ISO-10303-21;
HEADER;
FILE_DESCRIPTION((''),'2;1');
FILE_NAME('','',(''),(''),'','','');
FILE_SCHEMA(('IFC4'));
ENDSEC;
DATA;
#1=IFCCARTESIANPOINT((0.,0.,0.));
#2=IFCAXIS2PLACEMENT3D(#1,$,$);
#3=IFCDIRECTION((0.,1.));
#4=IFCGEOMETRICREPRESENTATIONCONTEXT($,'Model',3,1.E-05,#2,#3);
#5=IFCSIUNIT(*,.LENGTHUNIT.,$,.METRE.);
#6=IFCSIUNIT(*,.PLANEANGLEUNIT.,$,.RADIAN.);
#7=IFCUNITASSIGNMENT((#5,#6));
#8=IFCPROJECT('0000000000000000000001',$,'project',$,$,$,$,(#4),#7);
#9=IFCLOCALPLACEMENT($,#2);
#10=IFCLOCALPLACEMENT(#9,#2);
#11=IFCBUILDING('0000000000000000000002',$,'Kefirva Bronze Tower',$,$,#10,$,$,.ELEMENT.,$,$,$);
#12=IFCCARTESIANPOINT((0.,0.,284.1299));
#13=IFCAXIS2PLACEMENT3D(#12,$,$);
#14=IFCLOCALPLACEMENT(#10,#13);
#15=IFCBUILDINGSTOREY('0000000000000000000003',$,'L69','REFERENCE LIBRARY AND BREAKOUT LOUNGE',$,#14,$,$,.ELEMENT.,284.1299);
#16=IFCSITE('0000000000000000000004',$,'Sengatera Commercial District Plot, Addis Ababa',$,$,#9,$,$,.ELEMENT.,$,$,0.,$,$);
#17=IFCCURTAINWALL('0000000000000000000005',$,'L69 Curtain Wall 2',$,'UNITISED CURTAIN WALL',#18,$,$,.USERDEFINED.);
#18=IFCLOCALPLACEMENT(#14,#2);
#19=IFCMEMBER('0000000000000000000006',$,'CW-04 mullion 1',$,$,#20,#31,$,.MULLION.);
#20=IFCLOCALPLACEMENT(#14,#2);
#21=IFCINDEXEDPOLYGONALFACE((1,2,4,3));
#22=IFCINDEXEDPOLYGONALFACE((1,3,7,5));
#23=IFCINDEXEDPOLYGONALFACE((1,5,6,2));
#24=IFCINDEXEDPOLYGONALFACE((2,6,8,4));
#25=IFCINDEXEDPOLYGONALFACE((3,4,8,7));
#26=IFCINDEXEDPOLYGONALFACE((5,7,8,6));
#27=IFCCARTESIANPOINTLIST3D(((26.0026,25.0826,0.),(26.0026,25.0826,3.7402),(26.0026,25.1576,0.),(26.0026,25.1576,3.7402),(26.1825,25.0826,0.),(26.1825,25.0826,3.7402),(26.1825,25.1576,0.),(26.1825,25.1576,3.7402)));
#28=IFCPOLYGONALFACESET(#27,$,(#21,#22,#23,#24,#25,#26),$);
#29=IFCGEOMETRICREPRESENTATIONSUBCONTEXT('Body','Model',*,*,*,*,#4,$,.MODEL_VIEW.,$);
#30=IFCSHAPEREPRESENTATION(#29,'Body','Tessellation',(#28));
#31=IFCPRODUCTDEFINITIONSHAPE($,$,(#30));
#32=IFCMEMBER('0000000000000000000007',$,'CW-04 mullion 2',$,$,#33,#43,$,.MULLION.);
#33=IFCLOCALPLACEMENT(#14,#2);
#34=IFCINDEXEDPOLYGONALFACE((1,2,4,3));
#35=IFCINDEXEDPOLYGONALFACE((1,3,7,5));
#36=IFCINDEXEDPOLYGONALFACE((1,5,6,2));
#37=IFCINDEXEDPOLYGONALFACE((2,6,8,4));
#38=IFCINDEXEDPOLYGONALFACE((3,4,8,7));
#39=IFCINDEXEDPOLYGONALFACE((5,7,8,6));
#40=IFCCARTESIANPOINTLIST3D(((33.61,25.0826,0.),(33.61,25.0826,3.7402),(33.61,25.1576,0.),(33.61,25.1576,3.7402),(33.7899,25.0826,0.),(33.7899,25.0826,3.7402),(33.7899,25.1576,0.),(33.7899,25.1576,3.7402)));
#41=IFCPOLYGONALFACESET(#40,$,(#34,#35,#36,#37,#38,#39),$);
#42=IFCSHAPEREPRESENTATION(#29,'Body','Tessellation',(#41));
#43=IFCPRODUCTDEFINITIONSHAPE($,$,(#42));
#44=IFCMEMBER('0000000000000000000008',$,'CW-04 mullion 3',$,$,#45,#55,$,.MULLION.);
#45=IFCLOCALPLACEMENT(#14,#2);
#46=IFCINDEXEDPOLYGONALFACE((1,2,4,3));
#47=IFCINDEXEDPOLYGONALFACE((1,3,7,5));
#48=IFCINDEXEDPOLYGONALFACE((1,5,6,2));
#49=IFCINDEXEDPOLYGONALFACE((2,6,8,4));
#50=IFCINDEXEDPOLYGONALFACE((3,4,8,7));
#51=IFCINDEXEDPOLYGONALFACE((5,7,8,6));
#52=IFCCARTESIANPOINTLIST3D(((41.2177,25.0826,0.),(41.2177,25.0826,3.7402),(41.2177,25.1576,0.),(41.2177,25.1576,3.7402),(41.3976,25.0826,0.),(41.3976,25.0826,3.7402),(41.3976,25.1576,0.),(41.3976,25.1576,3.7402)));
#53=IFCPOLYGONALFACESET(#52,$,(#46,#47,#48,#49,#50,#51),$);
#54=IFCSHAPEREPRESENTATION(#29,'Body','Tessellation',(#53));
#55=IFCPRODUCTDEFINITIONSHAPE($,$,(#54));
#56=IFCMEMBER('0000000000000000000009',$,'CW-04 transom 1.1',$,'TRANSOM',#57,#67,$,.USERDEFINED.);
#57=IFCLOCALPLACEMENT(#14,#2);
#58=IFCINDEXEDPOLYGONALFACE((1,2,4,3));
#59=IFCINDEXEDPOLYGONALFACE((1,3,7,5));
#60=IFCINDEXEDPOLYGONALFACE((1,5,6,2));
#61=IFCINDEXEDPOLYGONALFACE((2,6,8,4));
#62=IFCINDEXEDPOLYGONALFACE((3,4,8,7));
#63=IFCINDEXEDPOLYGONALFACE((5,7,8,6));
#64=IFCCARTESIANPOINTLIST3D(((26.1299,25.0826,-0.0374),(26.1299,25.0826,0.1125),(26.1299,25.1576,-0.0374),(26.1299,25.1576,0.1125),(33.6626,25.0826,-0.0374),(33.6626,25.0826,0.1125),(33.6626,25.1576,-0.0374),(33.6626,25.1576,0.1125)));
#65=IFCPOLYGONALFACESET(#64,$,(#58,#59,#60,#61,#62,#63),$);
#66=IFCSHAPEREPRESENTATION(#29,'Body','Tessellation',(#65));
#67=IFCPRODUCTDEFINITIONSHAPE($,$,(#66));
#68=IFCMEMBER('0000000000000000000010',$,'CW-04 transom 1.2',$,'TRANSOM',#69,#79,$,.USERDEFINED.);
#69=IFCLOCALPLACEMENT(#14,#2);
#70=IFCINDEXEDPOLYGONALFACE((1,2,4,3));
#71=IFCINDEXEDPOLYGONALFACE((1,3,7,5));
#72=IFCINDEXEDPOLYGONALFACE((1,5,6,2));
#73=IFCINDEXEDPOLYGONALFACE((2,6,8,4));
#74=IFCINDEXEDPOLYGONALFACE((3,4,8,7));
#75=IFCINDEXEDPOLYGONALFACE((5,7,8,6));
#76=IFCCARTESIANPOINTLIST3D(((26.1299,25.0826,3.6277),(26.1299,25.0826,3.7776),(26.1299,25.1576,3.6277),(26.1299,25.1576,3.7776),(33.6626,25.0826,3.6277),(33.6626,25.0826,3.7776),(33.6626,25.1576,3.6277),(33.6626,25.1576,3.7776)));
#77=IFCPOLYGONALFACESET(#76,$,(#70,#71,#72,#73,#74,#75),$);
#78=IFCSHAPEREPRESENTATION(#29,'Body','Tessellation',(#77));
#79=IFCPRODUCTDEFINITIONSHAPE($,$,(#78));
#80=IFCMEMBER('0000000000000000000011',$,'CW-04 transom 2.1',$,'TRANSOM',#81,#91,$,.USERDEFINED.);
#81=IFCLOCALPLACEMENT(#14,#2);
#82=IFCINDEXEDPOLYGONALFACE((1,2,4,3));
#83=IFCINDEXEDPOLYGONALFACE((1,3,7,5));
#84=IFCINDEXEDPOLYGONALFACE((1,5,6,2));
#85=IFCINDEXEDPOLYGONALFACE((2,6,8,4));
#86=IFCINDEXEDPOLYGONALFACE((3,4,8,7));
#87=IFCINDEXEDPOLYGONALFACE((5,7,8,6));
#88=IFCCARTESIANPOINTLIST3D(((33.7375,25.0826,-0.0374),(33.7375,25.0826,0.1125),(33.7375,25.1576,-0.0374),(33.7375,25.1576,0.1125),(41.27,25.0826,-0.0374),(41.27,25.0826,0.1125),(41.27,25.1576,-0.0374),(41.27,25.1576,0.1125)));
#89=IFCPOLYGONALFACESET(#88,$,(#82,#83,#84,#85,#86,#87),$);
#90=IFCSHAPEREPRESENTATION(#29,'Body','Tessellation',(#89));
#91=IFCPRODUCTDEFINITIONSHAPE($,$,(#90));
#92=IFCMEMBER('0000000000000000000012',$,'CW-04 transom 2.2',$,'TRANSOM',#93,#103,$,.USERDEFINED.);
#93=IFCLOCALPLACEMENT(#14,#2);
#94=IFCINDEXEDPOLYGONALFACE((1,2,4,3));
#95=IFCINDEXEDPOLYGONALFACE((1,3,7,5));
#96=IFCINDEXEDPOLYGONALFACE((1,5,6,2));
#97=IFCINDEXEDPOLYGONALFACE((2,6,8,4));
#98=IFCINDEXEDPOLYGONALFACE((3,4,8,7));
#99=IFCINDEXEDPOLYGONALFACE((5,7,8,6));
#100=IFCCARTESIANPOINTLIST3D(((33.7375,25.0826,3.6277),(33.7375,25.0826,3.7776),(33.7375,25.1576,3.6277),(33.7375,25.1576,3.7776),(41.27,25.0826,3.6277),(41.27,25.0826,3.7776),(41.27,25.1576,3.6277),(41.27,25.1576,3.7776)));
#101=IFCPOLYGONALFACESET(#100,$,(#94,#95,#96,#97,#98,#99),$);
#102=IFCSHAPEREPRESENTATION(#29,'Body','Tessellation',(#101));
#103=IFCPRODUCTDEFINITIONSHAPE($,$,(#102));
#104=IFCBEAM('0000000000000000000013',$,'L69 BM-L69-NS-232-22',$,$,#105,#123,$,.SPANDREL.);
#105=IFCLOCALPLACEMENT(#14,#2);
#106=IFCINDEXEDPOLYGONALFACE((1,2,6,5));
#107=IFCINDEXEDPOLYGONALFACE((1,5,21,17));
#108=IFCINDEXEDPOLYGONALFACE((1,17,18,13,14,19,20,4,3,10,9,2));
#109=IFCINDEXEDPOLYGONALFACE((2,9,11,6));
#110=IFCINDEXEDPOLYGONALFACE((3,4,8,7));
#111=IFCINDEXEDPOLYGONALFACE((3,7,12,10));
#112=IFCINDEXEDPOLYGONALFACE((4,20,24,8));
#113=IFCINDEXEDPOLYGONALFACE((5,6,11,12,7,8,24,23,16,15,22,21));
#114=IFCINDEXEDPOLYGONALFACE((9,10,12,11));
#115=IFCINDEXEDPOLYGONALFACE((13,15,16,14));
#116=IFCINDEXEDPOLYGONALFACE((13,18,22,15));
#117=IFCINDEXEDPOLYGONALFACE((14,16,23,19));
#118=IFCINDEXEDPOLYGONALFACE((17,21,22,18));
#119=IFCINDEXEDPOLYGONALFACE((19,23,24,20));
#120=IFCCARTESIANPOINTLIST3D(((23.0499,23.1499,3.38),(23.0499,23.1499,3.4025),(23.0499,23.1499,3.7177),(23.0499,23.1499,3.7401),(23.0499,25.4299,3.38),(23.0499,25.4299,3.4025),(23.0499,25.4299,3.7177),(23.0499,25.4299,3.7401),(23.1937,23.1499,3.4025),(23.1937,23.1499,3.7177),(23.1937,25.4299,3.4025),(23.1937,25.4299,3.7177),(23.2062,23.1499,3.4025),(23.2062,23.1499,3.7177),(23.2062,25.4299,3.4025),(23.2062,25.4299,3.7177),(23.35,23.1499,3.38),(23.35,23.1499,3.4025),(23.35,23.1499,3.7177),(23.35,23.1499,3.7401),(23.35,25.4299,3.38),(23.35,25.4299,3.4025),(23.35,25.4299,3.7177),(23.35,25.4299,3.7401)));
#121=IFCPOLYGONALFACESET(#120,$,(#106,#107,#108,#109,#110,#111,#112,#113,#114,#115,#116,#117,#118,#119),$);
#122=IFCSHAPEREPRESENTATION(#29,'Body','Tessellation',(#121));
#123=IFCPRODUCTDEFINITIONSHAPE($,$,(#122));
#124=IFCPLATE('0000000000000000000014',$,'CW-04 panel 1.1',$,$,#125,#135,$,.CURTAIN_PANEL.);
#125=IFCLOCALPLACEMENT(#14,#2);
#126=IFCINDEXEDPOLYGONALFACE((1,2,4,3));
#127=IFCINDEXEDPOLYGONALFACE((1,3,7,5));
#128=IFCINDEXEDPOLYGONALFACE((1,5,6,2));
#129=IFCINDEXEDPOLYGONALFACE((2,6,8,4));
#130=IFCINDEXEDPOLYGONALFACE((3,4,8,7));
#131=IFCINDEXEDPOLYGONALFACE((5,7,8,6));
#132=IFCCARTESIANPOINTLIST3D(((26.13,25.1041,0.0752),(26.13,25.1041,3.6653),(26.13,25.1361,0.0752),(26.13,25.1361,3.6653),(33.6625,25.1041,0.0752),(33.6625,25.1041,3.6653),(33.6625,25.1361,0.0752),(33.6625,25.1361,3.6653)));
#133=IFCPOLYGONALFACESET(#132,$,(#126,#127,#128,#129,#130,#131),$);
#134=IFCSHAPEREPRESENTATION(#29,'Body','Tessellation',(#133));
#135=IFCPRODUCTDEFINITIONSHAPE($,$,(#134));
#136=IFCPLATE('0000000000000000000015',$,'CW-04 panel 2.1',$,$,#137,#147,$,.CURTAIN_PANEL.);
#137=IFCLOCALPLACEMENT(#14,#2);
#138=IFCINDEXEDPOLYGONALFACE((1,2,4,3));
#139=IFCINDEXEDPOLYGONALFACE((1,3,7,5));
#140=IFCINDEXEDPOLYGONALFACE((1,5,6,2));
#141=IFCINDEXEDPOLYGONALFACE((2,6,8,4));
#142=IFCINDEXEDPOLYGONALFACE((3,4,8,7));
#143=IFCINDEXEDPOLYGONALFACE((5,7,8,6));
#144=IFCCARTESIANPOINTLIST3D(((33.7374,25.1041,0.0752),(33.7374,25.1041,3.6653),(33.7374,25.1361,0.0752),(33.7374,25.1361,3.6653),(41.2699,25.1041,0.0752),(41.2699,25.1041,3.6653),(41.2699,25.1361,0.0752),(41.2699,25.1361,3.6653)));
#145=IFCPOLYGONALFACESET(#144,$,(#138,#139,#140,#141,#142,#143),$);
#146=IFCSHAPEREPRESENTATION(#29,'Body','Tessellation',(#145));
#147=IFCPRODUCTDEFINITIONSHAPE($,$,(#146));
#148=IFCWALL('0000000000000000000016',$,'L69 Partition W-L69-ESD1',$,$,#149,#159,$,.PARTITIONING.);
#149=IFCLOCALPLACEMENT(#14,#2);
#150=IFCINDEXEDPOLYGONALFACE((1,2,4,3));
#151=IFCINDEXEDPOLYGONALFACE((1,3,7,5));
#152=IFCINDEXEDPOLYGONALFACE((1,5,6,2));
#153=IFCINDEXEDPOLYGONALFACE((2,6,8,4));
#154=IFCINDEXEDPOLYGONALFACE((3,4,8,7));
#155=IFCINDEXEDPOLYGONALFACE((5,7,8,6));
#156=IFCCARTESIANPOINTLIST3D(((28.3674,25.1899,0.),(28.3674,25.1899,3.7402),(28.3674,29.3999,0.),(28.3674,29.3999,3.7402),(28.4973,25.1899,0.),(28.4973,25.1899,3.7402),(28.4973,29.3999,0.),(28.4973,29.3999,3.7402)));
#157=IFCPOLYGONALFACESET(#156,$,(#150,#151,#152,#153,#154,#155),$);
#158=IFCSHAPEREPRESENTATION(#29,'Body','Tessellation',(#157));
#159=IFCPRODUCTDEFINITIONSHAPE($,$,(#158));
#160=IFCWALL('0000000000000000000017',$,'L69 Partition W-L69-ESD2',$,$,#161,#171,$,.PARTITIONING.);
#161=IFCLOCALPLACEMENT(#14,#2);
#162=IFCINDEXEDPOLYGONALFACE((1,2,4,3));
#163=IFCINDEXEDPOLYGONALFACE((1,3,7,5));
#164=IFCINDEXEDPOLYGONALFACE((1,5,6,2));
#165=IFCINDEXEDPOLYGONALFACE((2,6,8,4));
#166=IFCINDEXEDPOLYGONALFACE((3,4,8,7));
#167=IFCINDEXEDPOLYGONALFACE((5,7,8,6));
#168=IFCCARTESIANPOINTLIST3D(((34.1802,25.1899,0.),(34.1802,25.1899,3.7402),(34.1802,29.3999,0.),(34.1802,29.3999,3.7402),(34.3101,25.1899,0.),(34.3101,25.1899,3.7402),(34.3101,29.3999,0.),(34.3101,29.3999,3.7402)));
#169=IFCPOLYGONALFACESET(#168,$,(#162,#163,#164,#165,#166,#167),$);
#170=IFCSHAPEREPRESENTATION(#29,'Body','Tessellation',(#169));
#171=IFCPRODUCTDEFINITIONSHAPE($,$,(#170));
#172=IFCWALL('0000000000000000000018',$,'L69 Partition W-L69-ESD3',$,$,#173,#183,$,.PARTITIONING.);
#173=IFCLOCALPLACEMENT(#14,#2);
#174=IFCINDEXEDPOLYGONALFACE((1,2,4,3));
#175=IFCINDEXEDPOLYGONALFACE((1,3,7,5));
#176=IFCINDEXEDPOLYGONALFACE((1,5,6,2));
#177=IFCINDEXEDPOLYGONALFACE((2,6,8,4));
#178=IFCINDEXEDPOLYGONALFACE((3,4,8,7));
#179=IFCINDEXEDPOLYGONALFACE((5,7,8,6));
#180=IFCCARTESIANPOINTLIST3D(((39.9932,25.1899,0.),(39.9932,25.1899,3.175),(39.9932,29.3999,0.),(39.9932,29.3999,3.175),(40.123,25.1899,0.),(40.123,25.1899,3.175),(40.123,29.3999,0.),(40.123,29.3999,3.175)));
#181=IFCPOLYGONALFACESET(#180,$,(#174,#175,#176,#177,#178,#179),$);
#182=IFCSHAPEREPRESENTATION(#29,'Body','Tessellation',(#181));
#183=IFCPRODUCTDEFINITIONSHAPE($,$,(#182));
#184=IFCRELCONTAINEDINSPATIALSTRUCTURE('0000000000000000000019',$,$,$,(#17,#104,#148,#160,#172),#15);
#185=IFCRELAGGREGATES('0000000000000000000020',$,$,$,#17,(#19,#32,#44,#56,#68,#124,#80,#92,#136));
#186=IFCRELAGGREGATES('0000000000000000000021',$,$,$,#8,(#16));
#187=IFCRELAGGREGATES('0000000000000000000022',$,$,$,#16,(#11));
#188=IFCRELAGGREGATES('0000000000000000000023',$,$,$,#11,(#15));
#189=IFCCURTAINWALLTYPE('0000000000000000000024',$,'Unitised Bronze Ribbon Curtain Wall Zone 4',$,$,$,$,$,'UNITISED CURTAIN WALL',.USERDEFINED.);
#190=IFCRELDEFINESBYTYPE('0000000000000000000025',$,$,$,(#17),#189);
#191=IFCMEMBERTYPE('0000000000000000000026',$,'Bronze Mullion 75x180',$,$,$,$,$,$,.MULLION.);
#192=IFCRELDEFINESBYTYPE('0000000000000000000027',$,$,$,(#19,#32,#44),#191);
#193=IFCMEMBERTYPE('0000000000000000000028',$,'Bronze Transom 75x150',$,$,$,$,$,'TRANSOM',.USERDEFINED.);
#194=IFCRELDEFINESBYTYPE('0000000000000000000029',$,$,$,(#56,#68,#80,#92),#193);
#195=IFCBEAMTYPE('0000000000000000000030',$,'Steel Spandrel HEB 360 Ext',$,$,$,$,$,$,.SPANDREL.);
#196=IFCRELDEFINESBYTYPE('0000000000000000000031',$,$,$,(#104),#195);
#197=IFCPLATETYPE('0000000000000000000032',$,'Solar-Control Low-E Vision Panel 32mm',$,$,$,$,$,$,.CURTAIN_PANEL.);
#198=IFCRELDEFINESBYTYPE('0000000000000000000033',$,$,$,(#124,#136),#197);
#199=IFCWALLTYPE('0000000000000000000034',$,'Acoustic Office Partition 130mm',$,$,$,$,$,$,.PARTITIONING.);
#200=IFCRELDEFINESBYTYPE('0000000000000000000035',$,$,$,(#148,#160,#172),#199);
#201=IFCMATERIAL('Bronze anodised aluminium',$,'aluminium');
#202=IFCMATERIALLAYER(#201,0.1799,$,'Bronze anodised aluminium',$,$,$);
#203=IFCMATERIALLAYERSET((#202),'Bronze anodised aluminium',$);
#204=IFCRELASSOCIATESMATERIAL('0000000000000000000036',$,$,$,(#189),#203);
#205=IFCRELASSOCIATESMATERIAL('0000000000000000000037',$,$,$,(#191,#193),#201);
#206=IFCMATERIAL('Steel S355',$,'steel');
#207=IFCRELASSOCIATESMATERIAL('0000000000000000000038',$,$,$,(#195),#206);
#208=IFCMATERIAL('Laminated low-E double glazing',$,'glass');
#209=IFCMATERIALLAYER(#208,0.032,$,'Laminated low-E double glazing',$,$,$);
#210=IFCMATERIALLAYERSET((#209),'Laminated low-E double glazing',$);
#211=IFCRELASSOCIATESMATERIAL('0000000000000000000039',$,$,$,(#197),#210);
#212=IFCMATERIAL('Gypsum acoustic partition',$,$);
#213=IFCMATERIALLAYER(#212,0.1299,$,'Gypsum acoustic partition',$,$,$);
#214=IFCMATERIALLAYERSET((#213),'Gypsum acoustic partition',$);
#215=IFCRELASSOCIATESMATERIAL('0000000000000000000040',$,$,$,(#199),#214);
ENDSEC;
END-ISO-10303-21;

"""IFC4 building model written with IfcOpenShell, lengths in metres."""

from ifc_helpers import new_model, si_unit, direction, frame, frame_2d, origin, origin_2d, place, context, subcontext, project, spatial, rectangle, i_section, extrude, material, layer, layer_set, material_profile, profile_set, type_object, element, aggregate, save


model = new_model("IFC4")

# Units and contexts
model_context = context("Model", 3, precision=1e-05, world=origin(), true_north=direction((0.0, 1.0)))
body_context = subcontext(model_context, "Body", "Model", "MODEL_VIEW")
ifc_project = project(units=[si_unit("LENGTHUNIT", "METRE"), si_unit("PLANEANGLEUNIT", "RADIAN")], contexts=[model_context])

# Site, building, storey
site_placement = place(None, origin())
site = spatial("IfcSite", under=ifc_project, at=site_placement, Name="Sengatera Commercial District Plot, Addis Ababa", CompositionType="ELEMENT", RefElevation=0.0)
building_placement = place(site_placement, origin())
building = spatial("IfcBuilding", under=site, at=building_placement, Name="Kefirva Bronze Tower", CompositionType="ELEMENT")
storey_placement = place(building_placement, frame((0.0, 0.0, 284.1299)))
storey = spatial("IfcBuildingStorey", under=building, at=storey_placement, Name="L69", Description="REFERENCE LIBRARY AND BREAKOUT LOUNGE", CompositionType="ELEMENT", Elevation=284.1299)

# Curtain wall, members
ifc_material_1 = material(Name="Bronze anodised aluminium", Category="aluminium")
ifc_layer_1 = layer(ifc_material_1, 0.1799, Name="Bronze anodised aluminium")
ifc_layer_set_1 = layer_set([ifc_layer_1], Name="Bronze anodised aluminium")
curtain_wall_type = type_object("IfcCurtainWallType", Name="Unitised Bronze Ribbon Curtain Wall Zone 4", ElementType="UNITISED CURTAIN WALL", PredefinedType="USERDEFINED", material=ifc_layer_set_1)
curtain_wall_placement = place(storey_placement, origin())
curtain_wall = element("IfcCurtainWall", 1, at=curtain_wall_placement, inside=storey, type_object=curtain_wall_type, Name="L69 Curtain Wall 2", ObjectType="UNITISED CURTAIN WALL", PredefinedType="USERDEFINED")
ifc_material_profile_1 = material_profile(ifc_material_1, rectangle(XDim=0.075, YDim=0.1799, at=origin_2d()), Name="ALU 75x180")
ifc_profile_set_1 = profile_set([ifc_material_profile_1], Name="Bronze anodised aluminium")
member_type_1 = type_object("IfcMemberType", Name="Bronze Mullion 75x180", PredefinedType="MULLION", material=ifc_profile_set_1)
member_1_placement = place(storey_placement, frame((26.0925, 25.1201, 0.0), z_axis=(0.0, 0.0, 1.0), x_axis=(0.0, 1.0, 0.0)))
member_1 = element("IfcMember", 2, at=member_1_placement, type_object=member_type_1, Name="CW-04 mullion 1", PredefinedType="MULLION", context=body_context, shape_type="SweptSolid", body=[
    extrude(rectangle(XDim=0.075, YDim=0.1799, at=origin_2d()), origin(), (0.0, 0.0, 1.0), 3.7402),
])
member_2_placement = place(storey_placement, frame((33.7, 25.1201, 0.0), z_axis=(0.0, 0.0, 1.0), x_axis=(0.0, 1.0, 0.0)))
member_2 = element("IfcMember", 3, at=member_2_placement, type_object=member_type_1, Name="CW-04 mullion 2", PredefinedType="MULLION", context=body_context, shape_type="SweptSolid", body=[
    extrude(rectangle(XDim=0.075, YDim=0.1799, at=origin_2d()), origin(), (0.0, 0.0, 1.0), 3.7402),
])
member_3_placement = place(storey_placement, frame((41.3076, 25.1201, 0.0), z_axis=(0.0, 0.0, 1.0), x_axis=(0.0, 1.0, 0.0)))
member_3 = element("IfcMember", 4, at=member_3_placement, type_object=member_type_1, Name="CW-04 mullion 3", PredefinedType="MULLION", context=body_context, shape_type="SweptSolid", body=[
    extrude(rectangle(XDim=0.075, YDim=0.1799, at=origin_2d()), origin(), (0.0, 0.0, 1.0), 3.7402),
])
ifc_material_profile_2 = material_profile(ifc_material_1, rectangle(XDim=0.075, YDim=0.1499, at=origin_2d()), Name="ALU 75x150")
ifc_profile_set_2 = profile_set([ifc_material_profile_2], Name="Bronze anodised aluminium")
member_type_2 = type_object("IfcMemberType", Name="Bronze Transom 75x150", ElementType="TRANSOM", PredefinedType="USERDEFINED", material=ifc_profile_set_2)
member_4_placement = place(storey_placement, frame((26.1299, 25.1201, 0.0376), z_axis=(1.0, 0.0, 0.0), x_axis=(0.0, 1.0, 0.0)))
member_4 = element("IfcMember", 5, at=member_4_placement, type_object=member_type_2, Name="CW-04 transom 1.1", ObjectType="TRANSOM", PredefinedType="USERDEFINED", context=body_context, shape_type="SweptSolid", body=[
    extrude(rectangle(XDim=0.075, YDim=0.1499, at=origin_2d()), origin(), (0.0, 0.0, 1.0), 7.5327),
])
member_5_placement = place(storey_placement, frame((26.1299, 25.1201, 3.7026), z_axis=(1.0, 0.0, 0.0), x_axis=(0.0, 1.0, 0.0)))
member_5 = element("IfcMember", 6, at=member_5_placement, type_object=member_type_2, Name="CW-04 transom 1.2", ObjectType="TRANSOM", PredefinedType="USERDEFINED", context=body_context, shape_type="SweptSolid", body=[
    extrude(rectangle(XDim=0.075, YDim=0.1499, at=origin_2d()), origin(), (0.0, 0.0, 1.0), 7.5327),
])
member_6_placement = place(storey_placement, frame((33.7375, 25.1201, 0.0376), z_axis=(1.0, 0.0, 0.0), x_axis=(0.0, 1.0, 0.0)))
member_6 = element("IfcMember", 7, at=member_6_placement, type_object=member_type_2, Name="CW-04 transom 2.1", ObjectType="TRANSOM", PredefinedType="USERDEFINED", context=body_context, shape_type="SweptSolid", body=[
    extrude(rectangle(XDim=0.075, YDim=0.1499, at=origin_2d()), origin(), (0.0, 0.0, 1.0), 7.5325),
])
member_7_placement = place(storey_placement, frame((33.7375, 25.1201, 3.7026), z_axis=(1.0, 0.0, 0.0), x_axis=(0.0, 1.0, 0.0)))
member_7 = element("IfcMember", 8, at=member_7_placement, type_object=member_type_2, Name="CW-04 transom 2.2", ObjectType="TRANSOM", PredefinedType="USERDEFINED", context=body_context, shape_type="SweptSolid", body=[
    extrude(rectangle(XDim=0.075, YDim=0.1499, at=origin_2d()), origin(), (0.0, 0.0, 1.0), 7.5325),
])

# Beam
ifc_material_2 = material(Name="Steel S355", Category="steel")
ifc_material_profile_3 = material_profile(ifc_material_2, i_section(OverallWidth=0.3, OverallDepth=0.3601, WebThickness=0.0125, FlangeThickness=0.0225, at=origin_2d()), Name="HEB 360")
ifc_profile_set_3 = profile_set([ifc_material_profile_3], Name="Steel S355")
beam_type = type_object("IfcBeamType", Name="Steel Spandrel HEB 360 Ext", PredefinedType="SPANDREL", material=ifc_profile_set_3)
beam_placement = place(storey_placement, frame((23.2, 23.1499, 3.5601), z_axis=(0.0, 1.0, 0.0), x_axis=(-1.0, 0.0, 0.0)))
element("IfcBeam", 9, at=beam_placement, inside=storey, type_object=beam_type, Name="L69 BM-L69-NS-232-22", PredefinedType="SPANDREL", context=body_context, shape_type="SweptSolid", body=[
    extrude(i_section(OverallWidth=0.3, OverallDepth=0.3601, WebThickness=0.0125, FlangeThickness=0.0225, at=origin_2d()), origin(), (0.0, 0.0, 1.0), 2.28),
])

# Plates
ifc_material_3 = material(Name="Laminated low-E double glazing", Category="glass")
ifc_layer_2 = layer(ifc_material_3, 0.032, Name="Laminated low-E double glazing")
ifc_layer_set_2 = layer_set([ifc_layer_2], Name="Laminated low-E double glazing")
plate_type = type_object("IfcPlateType", Name="Solar-Control Low-E Vision Panel 32mm", PredefinedType="CURTAIN_PANEL", material=ifc_layer_set_2)
plate_1_placement = place(storey_placement, frame((29.8962, 25.1201, 0.0752), z_axis=(0.0, 0.0, 1.0), x_axis=(1.0, 0.0, 0.0)))
plate_1 = element("IfcPlate", 10, at=plate_1_placement, type_object=plate_type, Name="CW-04 panel 1.1", PredefinedType="CURTAIN_PANEL", context=body_context, shape_type="SweptSolid", body=[
    extrude(rectangle(XDim=7.5325, YDim=0.032, at=origin_2d()), origin(), (0.0, 0.0, 1.0), 3.5901),
])
plate_2_placement = place(storey_placement, frame((37.5037, 25.1201, 0.0752), z_axis=(0.0, 0.0, 1.0), x_axis=(1.0, 0.0, 0.0)))
plate_2 = element("IfcPlate", 11, at=plate_2_placement, type_object=plate_type, Name="CW-04 panel 2.1", PredefinedType="CURTAIN_PANEL", context=body_context, shape_type="SweptSolid", body=[
    extrude(rectangle(XDim=7.5325, YDim=0.032, at=origin_2d()), origin(), (0.0, 0.0, 1.0), 3.5901),
])
aggregate(curtain_wall, [member_1, member_2, member_3, member_4, member_5, plate_1, member_6, member_7, plate_2])

# Walls
ifc_material_4 = material(Name="Gypsum acoustic partition")
ifc_layer_3 = layer(ifc_material_4, 0.1299, Name="Gypsum acoustic partition")
ifc_layer_set_3 = layer_set([ifc_layer_3], Name="Gypsum acoustic partition")
wall_type_1 = type_object("IfcWallType", Name="Acoustic Office Partition 130mm", PredefinedType="PARTITIONING", material=ifc_layer_set_3)
for number, where, z_axis, x_axis, name in (
    (12, (28.4324, 25.1899, 0.0), (0.0, 0.0, 1.0), (0.0, 1.0, 0.0), "L69 Partition W-L69-ESD1"),
    (13, (34.2451, 25.1899, 0.0), (0.0, 0.0, 1.0), (0.0, 1.0, 0.0), "L69 Partition W-L69-ESD2"),
):
    element("IfcWall", number, at=place(storey_placement, frame(where, z_axis=z_axis, x_axis=x_axis)), inside=storey, type_object=wall_type_1, Name=name, PredefinedType="PARTITIONING", context=body_context, shape_type="SweptSolid", body=[
        extrude(rectangle(XDim=4.21, YDim=0.1299, at=frame_2d((2.105, 0.0))), origin(), (0.0, 0.0, 1.0), 3.7402),
    ])
wall_1_placement = place(storey_placement, frame((40.0581, 25.1899, 0.0), z_axis=(0.0, 0.0, 1.0), x_axis=(0.0, 1.0, 0.0)))
element("IfcWall", 14, at=wall_1_placement, inside=storey, type_object=wall_type_1, Name="L69 Partition W-L69-ESD3", PredefinedType="PARTITIONING", context=body_context, shape_type="SweptSolid", body=[
    extrude(rectangle(XDim=4.21, YDim=0.1299, at=frame_2d((2.105, 0.0))), origin(), (0.0, 0.0, 1.0), 3.175),
])

save(model, "model.ifc")
